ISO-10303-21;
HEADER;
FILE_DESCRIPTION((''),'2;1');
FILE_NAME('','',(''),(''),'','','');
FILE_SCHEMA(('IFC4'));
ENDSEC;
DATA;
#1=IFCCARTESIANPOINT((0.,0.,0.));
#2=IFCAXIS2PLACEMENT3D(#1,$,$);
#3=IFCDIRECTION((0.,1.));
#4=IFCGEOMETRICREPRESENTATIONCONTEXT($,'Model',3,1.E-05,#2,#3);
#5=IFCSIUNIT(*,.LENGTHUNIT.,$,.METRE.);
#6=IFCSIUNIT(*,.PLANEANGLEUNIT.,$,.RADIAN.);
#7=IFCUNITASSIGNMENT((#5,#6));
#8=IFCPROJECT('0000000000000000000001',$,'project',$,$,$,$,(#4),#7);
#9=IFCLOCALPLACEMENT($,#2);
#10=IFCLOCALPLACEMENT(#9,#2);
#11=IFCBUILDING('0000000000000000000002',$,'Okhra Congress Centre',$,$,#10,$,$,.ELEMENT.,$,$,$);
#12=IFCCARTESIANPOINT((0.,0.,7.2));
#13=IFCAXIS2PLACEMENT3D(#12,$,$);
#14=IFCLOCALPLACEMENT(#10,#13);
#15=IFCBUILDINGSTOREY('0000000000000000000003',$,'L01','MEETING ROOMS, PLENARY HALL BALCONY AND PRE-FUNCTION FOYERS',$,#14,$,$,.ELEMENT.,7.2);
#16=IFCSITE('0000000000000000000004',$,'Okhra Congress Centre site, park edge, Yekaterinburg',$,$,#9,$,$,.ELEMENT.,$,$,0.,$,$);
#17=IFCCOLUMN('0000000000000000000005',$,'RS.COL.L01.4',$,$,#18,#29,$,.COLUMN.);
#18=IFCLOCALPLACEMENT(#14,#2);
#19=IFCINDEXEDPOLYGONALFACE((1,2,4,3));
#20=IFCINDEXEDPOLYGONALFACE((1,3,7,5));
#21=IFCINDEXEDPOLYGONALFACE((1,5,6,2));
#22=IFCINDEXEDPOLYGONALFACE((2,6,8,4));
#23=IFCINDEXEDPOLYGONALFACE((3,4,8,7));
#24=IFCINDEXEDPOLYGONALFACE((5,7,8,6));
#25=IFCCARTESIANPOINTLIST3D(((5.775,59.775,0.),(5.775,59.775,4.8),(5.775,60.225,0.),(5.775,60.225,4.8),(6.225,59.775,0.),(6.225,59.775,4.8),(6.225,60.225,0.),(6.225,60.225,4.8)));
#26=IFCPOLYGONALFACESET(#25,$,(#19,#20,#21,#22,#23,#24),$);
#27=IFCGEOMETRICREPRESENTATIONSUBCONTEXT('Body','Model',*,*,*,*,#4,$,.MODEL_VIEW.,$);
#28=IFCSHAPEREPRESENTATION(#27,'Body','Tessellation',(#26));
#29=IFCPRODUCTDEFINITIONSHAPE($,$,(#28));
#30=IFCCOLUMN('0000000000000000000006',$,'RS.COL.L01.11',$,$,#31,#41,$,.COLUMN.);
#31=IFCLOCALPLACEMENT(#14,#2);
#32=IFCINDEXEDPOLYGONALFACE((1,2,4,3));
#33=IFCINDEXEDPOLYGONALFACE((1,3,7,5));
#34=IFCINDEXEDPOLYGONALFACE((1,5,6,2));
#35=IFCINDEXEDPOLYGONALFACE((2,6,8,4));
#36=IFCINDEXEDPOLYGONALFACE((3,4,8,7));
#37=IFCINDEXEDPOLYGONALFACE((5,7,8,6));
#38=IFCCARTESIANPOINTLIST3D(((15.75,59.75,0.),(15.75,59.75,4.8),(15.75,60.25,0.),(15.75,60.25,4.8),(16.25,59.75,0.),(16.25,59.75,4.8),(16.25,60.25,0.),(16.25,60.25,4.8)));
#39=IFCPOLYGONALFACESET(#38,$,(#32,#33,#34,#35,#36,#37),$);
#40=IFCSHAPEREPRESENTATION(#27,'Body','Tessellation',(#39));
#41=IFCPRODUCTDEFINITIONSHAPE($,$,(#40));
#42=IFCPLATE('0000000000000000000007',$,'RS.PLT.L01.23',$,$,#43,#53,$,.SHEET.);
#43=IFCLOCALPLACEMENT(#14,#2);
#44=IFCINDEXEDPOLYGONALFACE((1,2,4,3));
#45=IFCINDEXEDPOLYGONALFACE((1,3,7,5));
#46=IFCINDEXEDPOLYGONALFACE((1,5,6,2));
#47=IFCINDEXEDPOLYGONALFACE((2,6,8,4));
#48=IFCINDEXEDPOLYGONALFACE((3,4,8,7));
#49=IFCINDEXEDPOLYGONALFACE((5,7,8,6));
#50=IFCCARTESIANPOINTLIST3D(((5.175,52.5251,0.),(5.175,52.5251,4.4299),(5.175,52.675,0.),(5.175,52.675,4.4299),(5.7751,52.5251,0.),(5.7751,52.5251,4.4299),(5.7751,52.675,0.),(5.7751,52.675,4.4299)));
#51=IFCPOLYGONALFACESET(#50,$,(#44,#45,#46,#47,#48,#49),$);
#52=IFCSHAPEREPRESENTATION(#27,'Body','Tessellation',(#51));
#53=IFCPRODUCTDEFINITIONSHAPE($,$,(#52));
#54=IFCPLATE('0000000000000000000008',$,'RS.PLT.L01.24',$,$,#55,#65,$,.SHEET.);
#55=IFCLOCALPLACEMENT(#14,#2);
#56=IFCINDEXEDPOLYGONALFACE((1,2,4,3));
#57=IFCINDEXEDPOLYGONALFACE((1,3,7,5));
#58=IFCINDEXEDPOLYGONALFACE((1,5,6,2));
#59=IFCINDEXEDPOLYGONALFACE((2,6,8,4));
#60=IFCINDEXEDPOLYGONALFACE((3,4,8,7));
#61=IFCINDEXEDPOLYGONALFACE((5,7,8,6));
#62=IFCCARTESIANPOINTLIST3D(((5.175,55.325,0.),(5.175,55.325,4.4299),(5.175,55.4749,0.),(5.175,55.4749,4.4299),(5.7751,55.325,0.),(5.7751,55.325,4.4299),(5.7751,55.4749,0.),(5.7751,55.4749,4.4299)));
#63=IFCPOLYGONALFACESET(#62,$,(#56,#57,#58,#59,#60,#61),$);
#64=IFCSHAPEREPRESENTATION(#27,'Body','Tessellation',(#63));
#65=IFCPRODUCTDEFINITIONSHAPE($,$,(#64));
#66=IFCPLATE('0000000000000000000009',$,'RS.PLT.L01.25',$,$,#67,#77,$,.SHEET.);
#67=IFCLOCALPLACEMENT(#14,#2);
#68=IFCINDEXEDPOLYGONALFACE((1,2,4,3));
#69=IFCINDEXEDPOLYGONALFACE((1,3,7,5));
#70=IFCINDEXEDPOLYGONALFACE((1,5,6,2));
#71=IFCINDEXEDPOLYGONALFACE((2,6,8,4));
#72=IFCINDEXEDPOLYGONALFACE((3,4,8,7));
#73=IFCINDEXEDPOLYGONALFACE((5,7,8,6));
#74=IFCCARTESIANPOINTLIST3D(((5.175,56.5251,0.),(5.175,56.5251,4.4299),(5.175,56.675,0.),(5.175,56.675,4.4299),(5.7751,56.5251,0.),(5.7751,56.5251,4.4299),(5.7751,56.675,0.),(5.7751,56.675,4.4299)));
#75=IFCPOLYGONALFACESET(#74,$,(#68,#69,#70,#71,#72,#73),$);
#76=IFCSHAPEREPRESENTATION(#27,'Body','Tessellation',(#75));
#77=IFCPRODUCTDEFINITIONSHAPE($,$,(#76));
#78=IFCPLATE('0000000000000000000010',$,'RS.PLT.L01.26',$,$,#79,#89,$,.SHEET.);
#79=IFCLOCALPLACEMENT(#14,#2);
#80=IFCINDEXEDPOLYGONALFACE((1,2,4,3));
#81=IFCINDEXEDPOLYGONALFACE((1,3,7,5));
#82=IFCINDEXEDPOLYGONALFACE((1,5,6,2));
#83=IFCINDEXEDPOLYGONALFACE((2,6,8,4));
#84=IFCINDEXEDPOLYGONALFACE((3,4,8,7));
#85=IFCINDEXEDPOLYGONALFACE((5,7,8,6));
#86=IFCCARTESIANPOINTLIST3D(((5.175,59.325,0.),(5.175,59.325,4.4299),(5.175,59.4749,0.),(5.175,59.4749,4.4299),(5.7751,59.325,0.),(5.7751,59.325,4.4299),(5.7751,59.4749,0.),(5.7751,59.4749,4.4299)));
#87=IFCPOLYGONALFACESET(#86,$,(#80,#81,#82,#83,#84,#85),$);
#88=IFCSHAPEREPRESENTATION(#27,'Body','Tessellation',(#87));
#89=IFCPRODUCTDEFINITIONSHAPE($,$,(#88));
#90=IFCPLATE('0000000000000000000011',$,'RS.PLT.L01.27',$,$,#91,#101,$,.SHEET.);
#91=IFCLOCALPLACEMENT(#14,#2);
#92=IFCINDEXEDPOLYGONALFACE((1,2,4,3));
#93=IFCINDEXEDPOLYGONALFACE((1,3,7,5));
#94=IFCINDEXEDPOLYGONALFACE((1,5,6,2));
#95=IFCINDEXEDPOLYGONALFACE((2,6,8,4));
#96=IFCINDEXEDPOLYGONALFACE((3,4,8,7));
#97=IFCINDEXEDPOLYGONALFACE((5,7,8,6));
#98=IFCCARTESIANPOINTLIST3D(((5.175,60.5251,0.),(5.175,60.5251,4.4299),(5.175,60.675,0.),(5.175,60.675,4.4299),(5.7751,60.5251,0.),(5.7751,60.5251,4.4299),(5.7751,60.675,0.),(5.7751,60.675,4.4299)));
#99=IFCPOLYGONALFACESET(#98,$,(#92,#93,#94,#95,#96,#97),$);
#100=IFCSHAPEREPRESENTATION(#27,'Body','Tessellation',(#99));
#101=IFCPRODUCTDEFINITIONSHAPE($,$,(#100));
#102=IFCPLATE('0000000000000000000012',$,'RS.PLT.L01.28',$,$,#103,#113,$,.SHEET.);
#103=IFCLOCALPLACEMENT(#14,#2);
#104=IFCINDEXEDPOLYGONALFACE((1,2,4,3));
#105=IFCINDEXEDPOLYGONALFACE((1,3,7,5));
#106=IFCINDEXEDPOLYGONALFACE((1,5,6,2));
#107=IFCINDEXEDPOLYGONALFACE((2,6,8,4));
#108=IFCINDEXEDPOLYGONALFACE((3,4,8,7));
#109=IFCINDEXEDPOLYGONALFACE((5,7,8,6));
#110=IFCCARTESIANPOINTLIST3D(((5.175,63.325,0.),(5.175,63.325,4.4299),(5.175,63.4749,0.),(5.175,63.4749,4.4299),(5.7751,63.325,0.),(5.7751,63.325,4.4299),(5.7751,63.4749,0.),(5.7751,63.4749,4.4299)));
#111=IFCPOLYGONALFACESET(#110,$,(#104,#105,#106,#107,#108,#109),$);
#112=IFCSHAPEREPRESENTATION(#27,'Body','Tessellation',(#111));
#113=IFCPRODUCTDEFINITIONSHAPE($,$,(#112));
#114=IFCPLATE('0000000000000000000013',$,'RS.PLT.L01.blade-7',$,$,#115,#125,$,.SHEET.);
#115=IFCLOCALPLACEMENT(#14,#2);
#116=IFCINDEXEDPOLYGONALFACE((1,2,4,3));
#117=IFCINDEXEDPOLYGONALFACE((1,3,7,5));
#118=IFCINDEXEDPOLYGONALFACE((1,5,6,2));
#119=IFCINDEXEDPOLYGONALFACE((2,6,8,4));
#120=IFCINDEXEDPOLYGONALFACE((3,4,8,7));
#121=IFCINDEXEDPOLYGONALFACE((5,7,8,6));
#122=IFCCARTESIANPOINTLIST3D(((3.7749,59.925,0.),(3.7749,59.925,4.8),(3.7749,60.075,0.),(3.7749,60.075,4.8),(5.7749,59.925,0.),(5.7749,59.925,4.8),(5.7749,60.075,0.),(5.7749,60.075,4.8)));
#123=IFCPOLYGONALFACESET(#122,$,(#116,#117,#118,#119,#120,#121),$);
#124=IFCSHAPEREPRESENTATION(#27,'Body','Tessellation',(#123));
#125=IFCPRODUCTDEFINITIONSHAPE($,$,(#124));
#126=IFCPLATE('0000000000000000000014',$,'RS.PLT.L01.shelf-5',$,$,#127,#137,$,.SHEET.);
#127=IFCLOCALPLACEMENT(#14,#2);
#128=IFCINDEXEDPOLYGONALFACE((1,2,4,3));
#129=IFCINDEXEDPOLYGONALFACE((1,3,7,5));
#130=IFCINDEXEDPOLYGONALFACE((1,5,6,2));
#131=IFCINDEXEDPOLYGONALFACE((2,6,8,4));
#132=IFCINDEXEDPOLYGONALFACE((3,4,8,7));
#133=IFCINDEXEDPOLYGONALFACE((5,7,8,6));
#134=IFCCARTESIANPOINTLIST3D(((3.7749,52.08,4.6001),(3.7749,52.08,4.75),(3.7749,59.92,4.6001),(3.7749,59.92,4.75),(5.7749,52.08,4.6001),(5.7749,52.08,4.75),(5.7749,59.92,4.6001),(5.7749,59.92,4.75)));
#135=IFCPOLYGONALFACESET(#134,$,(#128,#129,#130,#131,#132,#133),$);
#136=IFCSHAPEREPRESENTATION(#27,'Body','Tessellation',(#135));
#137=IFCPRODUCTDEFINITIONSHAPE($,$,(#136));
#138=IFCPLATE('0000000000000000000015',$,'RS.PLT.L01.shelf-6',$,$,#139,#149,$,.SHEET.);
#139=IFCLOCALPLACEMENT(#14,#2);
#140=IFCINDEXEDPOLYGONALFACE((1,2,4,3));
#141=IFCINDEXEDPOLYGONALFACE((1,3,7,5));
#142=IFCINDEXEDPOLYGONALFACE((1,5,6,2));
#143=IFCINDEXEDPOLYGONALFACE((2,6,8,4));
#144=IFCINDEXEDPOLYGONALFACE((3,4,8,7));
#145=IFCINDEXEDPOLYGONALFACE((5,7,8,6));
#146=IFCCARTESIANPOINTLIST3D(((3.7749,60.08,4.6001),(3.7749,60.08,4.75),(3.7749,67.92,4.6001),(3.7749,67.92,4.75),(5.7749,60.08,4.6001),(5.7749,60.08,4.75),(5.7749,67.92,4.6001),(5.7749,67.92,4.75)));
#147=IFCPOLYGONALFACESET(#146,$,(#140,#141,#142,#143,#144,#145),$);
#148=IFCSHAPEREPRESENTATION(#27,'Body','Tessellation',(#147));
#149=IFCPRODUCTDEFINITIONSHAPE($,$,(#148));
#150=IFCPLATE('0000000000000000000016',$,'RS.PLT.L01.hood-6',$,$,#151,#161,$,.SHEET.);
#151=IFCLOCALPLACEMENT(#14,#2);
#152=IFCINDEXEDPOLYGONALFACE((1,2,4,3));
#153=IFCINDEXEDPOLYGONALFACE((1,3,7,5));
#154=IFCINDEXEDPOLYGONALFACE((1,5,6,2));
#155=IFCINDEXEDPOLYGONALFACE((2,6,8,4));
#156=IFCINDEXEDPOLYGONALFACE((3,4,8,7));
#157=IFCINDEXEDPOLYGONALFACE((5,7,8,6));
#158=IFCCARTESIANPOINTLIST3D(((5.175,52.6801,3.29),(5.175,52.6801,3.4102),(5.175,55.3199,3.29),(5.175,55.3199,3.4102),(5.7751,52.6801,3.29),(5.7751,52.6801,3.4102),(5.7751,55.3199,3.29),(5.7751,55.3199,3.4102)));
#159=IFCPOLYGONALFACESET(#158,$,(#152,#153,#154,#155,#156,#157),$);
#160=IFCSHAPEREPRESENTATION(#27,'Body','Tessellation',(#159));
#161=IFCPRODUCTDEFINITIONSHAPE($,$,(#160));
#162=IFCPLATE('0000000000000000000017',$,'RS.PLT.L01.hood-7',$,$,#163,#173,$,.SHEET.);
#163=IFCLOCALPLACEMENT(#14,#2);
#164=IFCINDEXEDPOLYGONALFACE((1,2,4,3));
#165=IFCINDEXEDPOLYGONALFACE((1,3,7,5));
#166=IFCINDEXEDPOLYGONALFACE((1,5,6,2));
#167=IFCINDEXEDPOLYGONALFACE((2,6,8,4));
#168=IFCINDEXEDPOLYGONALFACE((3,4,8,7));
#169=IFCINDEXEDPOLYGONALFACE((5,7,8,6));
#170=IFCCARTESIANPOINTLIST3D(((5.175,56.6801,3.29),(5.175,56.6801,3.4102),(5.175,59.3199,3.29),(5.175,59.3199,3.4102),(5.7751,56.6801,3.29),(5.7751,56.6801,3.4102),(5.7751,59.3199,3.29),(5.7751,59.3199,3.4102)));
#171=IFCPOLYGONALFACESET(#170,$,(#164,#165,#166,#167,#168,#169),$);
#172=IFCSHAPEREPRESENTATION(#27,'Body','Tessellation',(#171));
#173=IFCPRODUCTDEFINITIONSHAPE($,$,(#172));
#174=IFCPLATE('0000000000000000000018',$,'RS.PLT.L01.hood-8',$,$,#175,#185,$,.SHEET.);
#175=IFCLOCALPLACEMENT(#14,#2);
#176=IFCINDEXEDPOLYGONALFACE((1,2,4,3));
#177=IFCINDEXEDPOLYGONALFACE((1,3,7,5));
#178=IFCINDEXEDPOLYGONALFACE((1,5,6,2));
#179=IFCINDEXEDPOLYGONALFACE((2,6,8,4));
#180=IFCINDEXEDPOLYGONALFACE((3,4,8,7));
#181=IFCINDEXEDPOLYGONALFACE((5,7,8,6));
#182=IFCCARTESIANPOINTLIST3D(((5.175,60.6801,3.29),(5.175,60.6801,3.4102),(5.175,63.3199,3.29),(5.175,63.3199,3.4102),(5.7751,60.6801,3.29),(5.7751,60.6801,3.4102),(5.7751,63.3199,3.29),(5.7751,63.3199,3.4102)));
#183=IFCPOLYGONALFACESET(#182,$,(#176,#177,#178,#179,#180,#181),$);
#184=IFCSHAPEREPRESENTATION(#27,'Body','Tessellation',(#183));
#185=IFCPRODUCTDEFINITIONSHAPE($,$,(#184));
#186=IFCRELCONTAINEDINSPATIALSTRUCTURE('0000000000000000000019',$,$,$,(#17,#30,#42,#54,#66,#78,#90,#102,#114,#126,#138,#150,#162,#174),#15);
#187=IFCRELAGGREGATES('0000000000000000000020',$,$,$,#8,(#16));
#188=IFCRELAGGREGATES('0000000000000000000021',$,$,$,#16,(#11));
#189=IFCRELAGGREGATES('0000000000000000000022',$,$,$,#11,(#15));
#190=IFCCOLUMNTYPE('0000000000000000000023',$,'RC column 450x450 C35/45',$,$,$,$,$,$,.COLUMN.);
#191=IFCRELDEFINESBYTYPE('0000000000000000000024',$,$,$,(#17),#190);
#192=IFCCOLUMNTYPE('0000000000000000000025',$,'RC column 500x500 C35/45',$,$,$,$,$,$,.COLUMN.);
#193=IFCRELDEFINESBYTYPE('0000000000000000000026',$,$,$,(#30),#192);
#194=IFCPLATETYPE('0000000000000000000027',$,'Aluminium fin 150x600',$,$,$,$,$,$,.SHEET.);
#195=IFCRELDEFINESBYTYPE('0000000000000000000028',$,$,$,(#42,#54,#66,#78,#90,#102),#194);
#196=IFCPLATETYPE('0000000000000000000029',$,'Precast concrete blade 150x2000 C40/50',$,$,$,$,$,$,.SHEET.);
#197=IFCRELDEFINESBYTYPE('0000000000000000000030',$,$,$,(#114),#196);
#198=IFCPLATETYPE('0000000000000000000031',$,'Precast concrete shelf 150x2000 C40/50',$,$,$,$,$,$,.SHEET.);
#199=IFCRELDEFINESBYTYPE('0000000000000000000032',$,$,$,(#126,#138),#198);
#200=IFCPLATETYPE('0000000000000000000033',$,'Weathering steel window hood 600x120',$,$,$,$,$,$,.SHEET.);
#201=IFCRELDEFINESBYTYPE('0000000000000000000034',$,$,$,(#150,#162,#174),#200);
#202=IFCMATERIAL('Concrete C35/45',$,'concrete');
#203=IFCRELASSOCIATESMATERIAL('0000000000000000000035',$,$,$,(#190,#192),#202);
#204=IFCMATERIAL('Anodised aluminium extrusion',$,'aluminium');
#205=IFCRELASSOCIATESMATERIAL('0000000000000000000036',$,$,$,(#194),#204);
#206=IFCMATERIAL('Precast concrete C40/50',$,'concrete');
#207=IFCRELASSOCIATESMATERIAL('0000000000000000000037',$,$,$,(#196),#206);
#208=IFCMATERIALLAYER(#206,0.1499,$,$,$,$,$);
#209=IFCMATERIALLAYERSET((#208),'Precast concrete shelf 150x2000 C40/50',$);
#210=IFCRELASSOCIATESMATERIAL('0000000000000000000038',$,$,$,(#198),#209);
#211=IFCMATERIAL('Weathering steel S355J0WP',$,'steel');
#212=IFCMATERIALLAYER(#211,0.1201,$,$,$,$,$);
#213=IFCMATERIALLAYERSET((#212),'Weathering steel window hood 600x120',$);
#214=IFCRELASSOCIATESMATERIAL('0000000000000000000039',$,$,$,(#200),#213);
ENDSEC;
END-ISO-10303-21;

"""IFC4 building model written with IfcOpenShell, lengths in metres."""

from ifc_helpers import new_model, si_unit, direction, frame, origin, origin_2d, place, context, subcontext, project, spatial, rectangle, extrude, material, layer, layer_set, material_profile, profile_set, type_object, element, save


model = new_model("IFC4")

# Units and contexts
model_context = context("Model", 3, precision=1e-05, world=origin(), true_north=direction((0.0, 1.0)))
body_context = subcontext(model_context, "Body", "Model", "MODEL_VIEW")
ifc_project = project(units=[si_unit("LENGTHUNIT", "METRE"), si_unit("PLANEANGLEUNIT", "RADIAN")], contexts=[model_context])

# Site, building, storey
site_placement = place(None, origin())
site = spatial("IfcSite", under=ifc_project, at=site_placement, Name="Okhra Congress Centre site, park edge, Yekaterinburg", CompositionType="ELEMENT", RefElevation=0.0)
building_placement = place(site_placement, origin())
building = spatial("IfcBuilding", under=site, at=building_placement, Name="Okhra Congress Centre", CompositionType="ELEMENT")
storey_placement = place(building_placement, frame((0.0, 0.0, 7.2)))
storey = spatial("IfcBuildingStorey", under=building, at=storey_placement, Name="L01", Description="MEETING ROOMS, PLENARY HALL BALCONY AND PRE-FUNCTION FOYERS", CompositionType="ELEMENT", Elevation=7.2)

# Columns
ifc_material_1 = material(Name="Concrete C35/45", Category="concrete")
ifc_material_profile_1 = material_profile(ifc_material_1, rectangle(XDim=0.45, YDim=0.45, at=origin_2d()), Name="RC 450x450")
ifc_profile_set_1 = profile_set([ifc_material_profile_1], Name="Concrete C35/45")
column_type_1 = type_object("IfcColumnType", Name="RC column 450x450 C35/45", PredefinedType="COLUMN", material=ifc_profile_set_1)
column_1_placement = place(storey_placement, frame((6.0, 60.0, 0.0), z_axis=(0.0, 0.0, 1.0), x_axis=(1.0, 0.0, 0.0)))
element("IfcColumn", 1, at=column_1_placement, inside=storey, type_object=column_type_1, Name="RS.COL.L01.4", PredefinedType="COLUMN", context=body_context, shape_type="SweptSolid", body=[
    extrude(rectangle(XDim=0.45, YDim=0.45, at=origin_2d()), origin(), (0.0, 0.0, 1.0), 4.8),
])
ifc_material_profile_2 = material_profile(ifc_material_1, rectangle(XDim=0.5, YDim=0.5, at=origin_2d()), Name="RC 500x500")
ifc_profile_set_2 = profile_set([ifc_material_profile_2], Name="Concrete C35/45")
column_type_2 = type_object("IfcColumnType", Name="RC column 500x500 C35/45", PredefinedType="COLUMN", material=ifc_profile_set_2)
column_2_placement = place(storey_placement, frame((16.0, 60.0, 0.0), z_axis=(0.0, 0.0, 1.0), x_axis=(1.0, 0.0, 0.0)))
element("IfcColumn", 2, at=column_2_placement, inside=storey, type_object=column_type_2, Name="RS.COL.L01.11", PredefinedType="COLUMN", context=body_context, shape_type="SweptSolid", body=[
    extrude(rectangle(XDim=0.5, YDim=0.5, at=origin_2d()), origin(), (0.0, 0.0, 1.0), 4.8),
])

# Plates
ifc_material_2 = material(Name="Anodised aluminium extrusion", Category="aluminium")
plate_type_1 = type_object("IfcPlateType", Name="Aluminium fin 150x600", PredefinedType="SHEET", material=ifc_material_2)
for number, where, z_axis, x_axis, name in (
    (3, (5.4751, 52.6001, 0.0), (0.0, 0.0, 1.0), (0.0, -1.0, 0.0), "RS.PLT.L01.23"),
    (4, (5.4751, 55.3999, 0.0), (0.0, 0.0, 1.0), (0.0, -1.0, 0.0), "RS.PLT.L01.24"),
    (5, (5.4751, 56.6001, 0.0), (0.0, 0.0, 1.0), (0.0, -1.0, 0.0), "RS.PLT.L01.25"),
    (6, (5.4751, 59.3999, 0.0), (0.0, 0.0, 1.0), (0.0, -1.0, 0.0), "RS.PLT.L01.26"),
    (7, (5.4751, 60.6001, 0.0), (0.0, 0.0, 1.0), (0.0, -1.0, 0.0), "RS.PLT.L01.27"),
    (8, (5.4751, 63.3999, 0.0), (0.0, 0.0, 1.0), (0.0, -1.0, 0.0), "RS.PLT.L01.28"),
):
    element("IfcPlate", number, at=place(storey_placement, frame(where, z_axis=z_axis, x_axis=x_axis)), inside=storey, type_object=plate_type_1, Name=name, PredefinedType="SHEET", context=body_context, shape_type="SweptSolid", body=[
        extrude(rectangle(XDim=0.1499, YDim=0.6001, at=origin_2d()), origin(), (0.0, 0.0, 1.0), 4.4299),
    ])
ifc_material_3 = material(Name="Precast concrete C40/50", Category="concrete")
plate_type_2 = type_object("IfcPlateType", Name="Precast concrete blade 150x2000 C40/50", PredefinedType="SHEET", material=ifc_material_3)
plate_placement = place(storey_placement, frame((4.7749, 60.0, 0.0), z_axis=(0.0, 0.0, 1.0), x_axis=(0.0, -1.0, 0.0)))
element("IfcPlate", 9, at=plate_placement, inside=storey, type_object=plate_type_2, Name="RS.PLT.L01.blade-7", PredefinedType="SHEET", context=body_context, shape_type="SweptSolid", body=[
    extrude(rectangle(XDim=0.1499, YDim=2.0, at=origin_2d()), origin(), (0.0, 0.0, 1.0), 4.8),
])
ifc_layer_1 = layer(ifc_material_3, 0.1499)
ifc_layer_set_1 = layer_set([ifc_layer_1], Name="Precast concrete shelf 150x2000 C40/50")
plate_type_3 = type_object("IfcPlateType", Name="Precast concrete shelf 150x2000 C40/50", PredefinedType="SHEET", material=ifc_layer_set_1)
for number, where, z_axis, x_axis, name in (
    (10, (4.7749, 56.0, 4.6001), (0.0, 0.0, 1.0), (0.0, -1.0, 0.0), "RS.PLT.L01.shelf-5"),
    (11, (4.7749, 64.0, 4.6001), (0.0, 0.0, 1.0), (0.0, -1.0, 0.0), "RS.PLT.L01.shelf-6"),
):
    element("IfcPlate", number, at=place(storey_placement, frame(where, z_axis=z_axis, x_axis=x_axis)), inside=storey, type_object=plate_type_3, Name=name, PredefinedType="SHEET", context=body_context, shape_type="SweptSolid", body=[
        extrude(rectangle(XDim=7.8401, YDim=2.0, at=origin_2d()), origin(), (0.0, 0.0, 1.0), 0.1499),
    ])
ifc_material_4 = material(Name="Weathering steel S355J0WP", Category="steel")
ifc_layer_2 = layer(ifc_material_4, 0.1201)
ifc_layer_set_2 = layer_set([ifc_layer_2], Name="Weathering steel window hood 600x120")
plate_type_4 = type_object("IfcPlateType", Name="Weathering steel window hood 600x120", PredefinedType="SHEET", material=ifc_layer_set_2)
for number, where, z_axis, x_axis, name in (
    (12, (5.4751, 54.0, 3.29), (0.0, 0.0, 1.0), (0.0, -1.0, 0.0), "RS.PLT.L01.hood-6"),
    (13, (5.4751, 58.0, 3.29), (0.0, 0.0, 1.0), (0.0, -1.0, 0.0), "RS.PLT.L01.hood-7"),
    (14, (5.4751, 62.0, 3.29), (0.0, 0.0, 1.0), (0.0, -1.0, 0.0), "RS.PLT.L01.hood-8"),
):
    element("IfcPlate", number, at=place(storey_placement, frame(where, z_axis=z_axis, x_axis=x_axis)), inside=storey, type_object=plate_type_4, Name=name, PredefinedType="SHEET", context=body_context, shape_type="SweptSolid", body=[
        extrude(rectangle(XDim=2.6399, YDim=0.6001, at=origin_2d()), origin(), (0.0, 0.0, 1.0), 0.1201),
    ])

save(model, "model.ifc")
